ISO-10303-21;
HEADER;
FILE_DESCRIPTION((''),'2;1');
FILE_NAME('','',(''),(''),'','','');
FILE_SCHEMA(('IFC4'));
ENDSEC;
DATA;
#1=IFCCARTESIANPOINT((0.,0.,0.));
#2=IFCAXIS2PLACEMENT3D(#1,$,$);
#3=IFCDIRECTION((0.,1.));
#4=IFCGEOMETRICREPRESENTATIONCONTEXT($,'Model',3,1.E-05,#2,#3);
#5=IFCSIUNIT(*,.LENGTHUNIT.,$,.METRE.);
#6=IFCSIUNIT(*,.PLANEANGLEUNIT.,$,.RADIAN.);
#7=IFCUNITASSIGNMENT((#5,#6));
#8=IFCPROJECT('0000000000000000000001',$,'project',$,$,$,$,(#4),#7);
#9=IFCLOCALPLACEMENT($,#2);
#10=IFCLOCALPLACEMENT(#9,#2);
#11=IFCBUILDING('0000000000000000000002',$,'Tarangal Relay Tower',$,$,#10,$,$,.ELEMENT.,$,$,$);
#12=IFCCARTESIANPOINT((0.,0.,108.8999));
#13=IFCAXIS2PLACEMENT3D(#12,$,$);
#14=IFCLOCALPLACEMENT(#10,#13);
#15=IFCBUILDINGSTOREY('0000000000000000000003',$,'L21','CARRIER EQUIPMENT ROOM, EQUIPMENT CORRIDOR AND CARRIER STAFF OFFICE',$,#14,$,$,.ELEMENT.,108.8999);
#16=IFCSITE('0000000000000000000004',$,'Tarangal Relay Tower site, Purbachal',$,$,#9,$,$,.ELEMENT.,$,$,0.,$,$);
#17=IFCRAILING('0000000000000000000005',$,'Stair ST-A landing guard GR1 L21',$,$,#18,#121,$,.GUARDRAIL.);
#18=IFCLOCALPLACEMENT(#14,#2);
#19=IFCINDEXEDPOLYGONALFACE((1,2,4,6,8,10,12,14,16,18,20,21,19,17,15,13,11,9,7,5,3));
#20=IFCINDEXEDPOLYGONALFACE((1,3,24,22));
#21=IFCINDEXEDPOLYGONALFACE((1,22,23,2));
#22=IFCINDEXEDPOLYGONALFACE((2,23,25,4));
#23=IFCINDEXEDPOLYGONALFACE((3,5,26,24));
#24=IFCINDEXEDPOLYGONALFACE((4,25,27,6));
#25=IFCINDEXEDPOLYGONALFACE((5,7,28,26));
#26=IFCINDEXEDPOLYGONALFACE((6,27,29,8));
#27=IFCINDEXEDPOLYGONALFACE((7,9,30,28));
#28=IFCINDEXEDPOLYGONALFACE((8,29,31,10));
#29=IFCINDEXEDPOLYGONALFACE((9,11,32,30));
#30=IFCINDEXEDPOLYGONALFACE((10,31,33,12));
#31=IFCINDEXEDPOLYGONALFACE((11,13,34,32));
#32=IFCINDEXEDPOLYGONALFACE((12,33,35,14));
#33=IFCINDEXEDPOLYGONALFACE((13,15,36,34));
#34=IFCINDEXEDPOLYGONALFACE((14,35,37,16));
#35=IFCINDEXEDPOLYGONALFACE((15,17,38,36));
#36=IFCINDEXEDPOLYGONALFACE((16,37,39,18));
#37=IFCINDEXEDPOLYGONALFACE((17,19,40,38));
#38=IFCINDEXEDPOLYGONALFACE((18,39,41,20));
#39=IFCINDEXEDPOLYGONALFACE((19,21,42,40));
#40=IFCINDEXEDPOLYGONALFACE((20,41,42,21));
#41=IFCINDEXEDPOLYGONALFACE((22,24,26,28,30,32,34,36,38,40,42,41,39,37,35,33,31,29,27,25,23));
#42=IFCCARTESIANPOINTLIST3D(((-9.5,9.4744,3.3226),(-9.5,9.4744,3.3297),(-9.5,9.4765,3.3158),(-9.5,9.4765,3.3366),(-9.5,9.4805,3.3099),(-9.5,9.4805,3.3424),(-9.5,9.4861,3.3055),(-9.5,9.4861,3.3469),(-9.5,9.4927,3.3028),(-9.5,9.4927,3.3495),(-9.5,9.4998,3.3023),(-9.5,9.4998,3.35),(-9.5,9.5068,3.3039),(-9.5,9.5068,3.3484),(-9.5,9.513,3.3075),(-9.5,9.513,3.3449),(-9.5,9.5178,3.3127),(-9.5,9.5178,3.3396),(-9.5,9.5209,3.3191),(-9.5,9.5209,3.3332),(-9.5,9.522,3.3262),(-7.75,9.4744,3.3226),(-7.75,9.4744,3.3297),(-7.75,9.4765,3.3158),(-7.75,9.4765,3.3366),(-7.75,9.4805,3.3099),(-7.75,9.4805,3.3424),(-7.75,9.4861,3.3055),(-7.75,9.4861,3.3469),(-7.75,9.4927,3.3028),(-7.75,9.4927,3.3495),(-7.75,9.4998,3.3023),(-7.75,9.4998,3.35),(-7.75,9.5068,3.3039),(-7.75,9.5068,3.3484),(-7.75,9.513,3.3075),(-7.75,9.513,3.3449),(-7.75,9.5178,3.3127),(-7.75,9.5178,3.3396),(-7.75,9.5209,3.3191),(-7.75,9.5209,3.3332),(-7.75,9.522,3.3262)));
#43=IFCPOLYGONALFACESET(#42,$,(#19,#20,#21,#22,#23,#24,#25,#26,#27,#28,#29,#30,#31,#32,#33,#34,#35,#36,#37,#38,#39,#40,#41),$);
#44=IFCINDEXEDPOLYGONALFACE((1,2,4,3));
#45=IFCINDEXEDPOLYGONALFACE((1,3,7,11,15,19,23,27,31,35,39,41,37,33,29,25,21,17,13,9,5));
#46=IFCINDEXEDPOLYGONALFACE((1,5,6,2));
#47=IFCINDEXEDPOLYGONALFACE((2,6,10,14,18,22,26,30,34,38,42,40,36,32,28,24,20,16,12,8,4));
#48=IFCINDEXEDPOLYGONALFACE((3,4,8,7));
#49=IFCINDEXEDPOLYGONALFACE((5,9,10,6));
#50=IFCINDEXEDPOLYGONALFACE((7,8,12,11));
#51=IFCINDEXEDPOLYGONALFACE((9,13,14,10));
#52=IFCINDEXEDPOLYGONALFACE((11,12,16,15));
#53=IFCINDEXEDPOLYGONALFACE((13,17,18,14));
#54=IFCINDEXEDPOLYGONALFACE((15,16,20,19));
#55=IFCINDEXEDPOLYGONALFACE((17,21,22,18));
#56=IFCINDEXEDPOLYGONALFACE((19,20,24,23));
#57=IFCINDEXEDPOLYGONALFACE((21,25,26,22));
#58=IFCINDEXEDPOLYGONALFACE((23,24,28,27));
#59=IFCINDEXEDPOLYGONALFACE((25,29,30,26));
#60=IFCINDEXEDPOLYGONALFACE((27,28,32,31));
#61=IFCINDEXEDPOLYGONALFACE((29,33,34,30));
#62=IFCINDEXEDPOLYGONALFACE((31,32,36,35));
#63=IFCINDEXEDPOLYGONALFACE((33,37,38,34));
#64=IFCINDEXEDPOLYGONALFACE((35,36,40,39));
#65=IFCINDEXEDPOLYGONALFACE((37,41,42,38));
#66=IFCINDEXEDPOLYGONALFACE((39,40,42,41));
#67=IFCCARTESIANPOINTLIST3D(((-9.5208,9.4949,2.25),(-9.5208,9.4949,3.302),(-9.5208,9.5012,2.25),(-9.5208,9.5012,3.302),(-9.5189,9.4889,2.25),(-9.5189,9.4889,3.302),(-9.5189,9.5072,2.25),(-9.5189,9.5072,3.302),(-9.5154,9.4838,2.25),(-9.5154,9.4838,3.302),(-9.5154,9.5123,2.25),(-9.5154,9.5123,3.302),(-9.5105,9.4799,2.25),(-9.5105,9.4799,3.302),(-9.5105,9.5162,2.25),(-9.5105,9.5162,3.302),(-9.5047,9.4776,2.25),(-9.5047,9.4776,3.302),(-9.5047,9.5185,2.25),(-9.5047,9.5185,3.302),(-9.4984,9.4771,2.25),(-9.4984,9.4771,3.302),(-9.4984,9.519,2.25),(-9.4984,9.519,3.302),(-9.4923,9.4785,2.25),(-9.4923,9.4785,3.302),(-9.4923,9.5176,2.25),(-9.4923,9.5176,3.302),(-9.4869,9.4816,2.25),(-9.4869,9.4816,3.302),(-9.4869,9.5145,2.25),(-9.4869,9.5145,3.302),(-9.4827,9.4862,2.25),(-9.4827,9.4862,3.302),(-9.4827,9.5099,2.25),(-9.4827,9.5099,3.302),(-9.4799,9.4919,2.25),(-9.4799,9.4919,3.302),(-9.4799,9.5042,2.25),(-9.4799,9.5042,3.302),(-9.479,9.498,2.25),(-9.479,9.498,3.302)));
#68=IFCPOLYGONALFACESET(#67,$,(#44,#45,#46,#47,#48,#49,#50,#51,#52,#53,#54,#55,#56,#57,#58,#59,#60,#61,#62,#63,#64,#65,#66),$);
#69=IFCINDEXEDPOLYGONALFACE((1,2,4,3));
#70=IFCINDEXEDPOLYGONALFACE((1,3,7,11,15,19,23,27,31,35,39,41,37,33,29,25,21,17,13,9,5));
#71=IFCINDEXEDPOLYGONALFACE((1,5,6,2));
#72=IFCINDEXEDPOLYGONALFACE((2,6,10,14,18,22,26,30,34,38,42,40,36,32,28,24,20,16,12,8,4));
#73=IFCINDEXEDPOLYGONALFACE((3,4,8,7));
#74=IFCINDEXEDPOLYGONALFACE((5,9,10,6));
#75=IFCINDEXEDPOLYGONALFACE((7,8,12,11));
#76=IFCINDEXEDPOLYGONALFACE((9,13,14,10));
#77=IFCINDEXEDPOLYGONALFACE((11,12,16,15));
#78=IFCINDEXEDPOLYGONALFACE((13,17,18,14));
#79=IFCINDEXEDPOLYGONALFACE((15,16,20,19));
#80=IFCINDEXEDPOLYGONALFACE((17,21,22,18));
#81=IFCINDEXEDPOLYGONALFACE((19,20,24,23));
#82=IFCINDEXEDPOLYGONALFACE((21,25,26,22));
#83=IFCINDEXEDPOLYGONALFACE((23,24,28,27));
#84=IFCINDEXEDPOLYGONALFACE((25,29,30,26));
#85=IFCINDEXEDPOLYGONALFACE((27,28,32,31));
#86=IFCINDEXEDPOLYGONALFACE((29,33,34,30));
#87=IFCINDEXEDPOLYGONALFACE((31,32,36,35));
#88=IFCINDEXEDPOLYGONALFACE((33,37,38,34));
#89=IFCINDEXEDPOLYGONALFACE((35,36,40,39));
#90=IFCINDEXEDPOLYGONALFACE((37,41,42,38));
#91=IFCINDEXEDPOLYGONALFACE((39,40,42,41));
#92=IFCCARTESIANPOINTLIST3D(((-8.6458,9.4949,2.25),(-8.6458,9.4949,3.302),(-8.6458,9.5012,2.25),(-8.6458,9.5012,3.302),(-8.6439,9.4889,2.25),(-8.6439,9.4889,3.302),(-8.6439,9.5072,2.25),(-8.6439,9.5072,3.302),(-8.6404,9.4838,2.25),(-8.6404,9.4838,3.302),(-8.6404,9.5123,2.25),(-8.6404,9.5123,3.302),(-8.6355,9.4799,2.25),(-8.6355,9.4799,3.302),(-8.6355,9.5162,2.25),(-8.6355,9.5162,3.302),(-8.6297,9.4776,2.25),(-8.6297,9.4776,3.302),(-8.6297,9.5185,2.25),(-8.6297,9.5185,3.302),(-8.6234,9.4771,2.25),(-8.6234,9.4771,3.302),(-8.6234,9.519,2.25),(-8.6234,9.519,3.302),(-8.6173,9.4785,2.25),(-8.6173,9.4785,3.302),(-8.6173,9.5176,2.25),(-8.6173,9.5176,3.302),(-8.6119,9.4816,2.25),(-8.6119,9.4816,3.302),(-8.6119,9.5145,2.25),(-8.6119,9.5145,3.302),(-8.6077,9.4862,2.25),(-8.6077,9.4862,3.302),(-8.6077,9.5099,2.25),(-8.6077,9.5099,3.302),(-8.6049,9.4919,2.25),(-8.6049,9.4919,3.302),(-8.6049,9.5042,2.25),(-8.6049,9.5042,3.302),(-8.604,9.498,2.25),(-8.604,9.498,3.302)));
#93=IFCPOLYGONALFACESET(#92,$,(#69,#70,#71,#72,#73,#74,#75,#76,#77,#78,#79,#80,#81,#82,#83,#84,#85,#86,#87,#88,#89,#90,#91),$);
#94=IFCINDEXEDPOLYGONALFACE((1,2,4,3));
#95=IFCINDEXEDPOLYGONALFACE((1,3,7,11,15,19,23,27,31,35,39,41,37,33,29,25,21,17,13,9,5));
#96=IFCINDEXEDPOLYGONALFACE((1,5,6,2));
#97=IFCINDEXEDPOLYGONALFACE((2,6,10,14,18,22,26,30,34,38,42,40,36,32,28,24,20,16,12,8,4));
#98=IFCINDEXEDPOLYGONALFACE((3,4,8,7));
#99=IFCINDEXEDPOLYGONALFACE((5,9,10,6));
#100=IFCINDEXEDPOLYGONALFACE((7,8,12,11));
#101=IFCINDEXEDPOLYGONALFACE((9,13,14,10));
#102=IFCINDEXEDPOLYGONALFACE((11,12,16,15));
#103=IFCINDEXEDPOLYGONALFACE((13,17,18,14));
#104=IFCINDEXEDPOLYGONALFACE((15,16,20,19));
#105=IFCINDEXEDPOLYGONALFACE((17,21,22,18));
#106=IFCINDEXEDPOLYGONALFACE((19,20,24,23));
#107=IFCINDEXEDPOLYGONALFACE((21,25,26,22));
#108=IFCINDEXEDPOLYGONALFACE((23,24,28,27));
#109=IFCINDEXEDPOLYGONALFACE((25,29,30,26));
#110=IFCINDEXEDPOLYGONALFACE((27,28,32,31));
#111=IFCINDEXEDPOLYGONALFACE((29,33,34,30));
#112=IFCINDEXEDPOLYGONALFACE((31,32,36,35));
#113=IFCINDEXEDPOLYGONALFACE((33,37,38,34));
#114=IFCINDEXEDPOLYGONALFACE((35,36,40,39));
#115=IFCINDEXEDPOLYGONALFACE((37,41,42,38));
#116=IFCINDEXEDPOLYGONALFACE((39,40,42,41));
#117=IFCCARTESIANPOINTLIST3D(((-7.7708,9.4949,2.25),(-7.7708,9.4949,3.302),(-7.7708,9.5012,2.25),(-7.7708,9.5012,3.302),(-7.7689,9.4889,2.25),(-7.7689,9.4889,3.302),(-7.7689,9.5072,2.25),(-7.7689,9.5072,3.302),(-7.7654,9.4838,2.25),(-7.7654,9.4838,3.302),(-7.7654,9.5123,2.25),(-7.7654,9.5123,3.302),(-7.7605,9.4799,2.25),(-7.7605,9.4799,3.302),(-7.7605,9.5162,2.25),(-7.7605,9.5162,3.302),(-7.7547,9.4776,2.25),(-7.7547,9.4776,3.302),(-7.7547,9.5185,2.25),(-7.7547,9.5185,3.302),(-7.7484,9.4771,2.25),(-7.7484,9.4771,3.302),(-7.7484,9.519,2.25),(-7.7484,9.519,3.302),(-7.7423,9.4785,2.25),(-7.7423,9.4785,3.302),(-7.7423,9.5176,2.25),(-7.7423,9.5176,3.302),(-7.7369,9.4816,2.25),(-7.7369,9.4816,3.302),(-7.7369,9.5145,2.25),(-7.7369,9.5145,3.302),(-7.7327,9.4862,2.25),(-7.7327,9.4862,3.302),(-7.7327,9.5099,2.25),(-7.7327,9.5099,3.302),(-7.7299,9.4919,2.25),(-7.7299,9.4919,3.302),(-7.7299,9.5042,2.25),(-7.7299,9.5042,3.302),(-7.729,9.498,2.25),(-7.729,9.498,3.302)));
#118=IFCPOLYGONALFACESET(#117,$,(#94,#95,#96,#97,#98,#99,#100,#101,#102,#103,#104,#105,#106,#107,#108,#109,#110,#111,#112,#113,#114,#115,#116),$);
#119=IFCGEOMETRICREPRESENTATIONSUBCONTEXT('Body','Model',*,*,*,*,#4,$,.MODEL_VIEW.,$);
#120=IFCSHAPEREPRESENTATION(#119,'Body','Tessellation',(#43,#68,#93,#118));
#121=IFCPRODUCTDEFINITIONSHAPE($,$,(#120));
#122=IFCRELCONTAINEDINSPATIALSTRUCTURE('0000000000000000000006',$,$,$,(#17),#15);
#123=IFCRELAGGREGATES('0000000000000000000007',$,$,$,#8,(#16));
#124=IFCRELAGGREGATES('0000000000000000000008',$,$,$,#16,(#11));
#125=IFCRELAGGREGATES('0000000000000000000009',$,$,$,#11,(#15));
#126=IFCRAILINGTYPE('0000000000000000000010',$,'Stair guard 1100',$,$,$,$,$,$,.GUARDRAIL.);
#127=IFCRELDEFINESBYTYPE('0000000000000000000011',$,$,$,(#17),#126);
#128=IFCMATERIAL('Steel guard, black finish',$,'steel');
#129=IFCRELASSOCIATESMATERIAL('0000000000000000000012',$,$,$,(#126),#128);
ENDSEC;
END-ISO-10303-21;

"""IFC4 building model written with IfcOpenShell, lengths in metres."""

from ifc_helpers import new_model, si_unit, direction, frame, origin, origin_2d, place, context, subcontext, project, spatial, circle, extrude, material, type_object, element, save


model = new_model("IFC4")

# Units and contexts
model_context = context("Model", 3, precision=1e-05, world=origin(), true_north=direction((0.0, 1.0)))
body_context = subcontext(model_context, "Body", "Model", "MODEL_VIEW")
ifc_project = project(units=[si_unit("LENGTHUNIT", "METRE"), si_unit("PLANEANGLEUNIT", "RADIAN")], contexts=[model_context])

# Site, building, storey
site_placement = place(None, origin())
site = spatial("IfcSite", under=ifc_project, at=site_placement, Name="Tarangal Relay Tower site, Purbachal", CompositionType="ELEMENT", RefElevation=0.0)
building_placement = place(site_placement, origin())
building = spatial("IfcBuilding", under=site, at=building_placement, Name="Tarangal Relay Tower", CompositionType="ELEMENT")
storey_placement = place(building_placement, frame((0.0, 0.0, 108.8999)))
storey = spatial("IfcBuildingStorey", under=building, at=storey_placement, Name="L21", Description="CARRIER EQUIPMENT ROOM, EQUIPMENT CORRIDOR AND CARRIER STAFF OFFICE", CompositionType="ELEMENT", Elevation=108.8999)

# Railing
ifc_material_1 = material(Name="Steel guard, black finish", Category="steel")
railing_type_1 = type_object("IfcRailingType", Name="Stair guard 1100", PredefinedType="GUARDRAIL", material=ifc_material_1)
railing_1_placement = place(storey_placement, frame((-9.5, 9.498, 2.25)))
element("IfcRailing", 1, at=railing_1_placement, inside=storey, type_object=railing_type_1, Name="Stair ST-A landing guard GR1 L21", PredefinedType="GUARDRAIL", context=body_context, shape_type="SweptSolid", body=[
    extrude(circle(Radius=0.0239, at=origin_2d()), frame((0.0, 0.0, 1.0762), z_axis=(1.0, 0.0, 0.0), x_axis=(0.0, 1.0, 0.0)), (0.0, 0.0, 1.0), 1.75),
    extrude(circle(Radius=0.021, at=origin_2d()), origin(), (0.0, 0.0, 1.0), 1.052),
    extrude(circle(Radius=0.021, at=origin_2d()), frame((0.875, 0.0, 0.0)), (0.0, 0.0, 1.0), 1.052),
    extrude(circle(Radius=0.021, at=origin_2d()), frame((1.75, 0.0, 0.0)), (0.0, 0.0, 1.0), 1.052),
])

save(model, "model.ifc")
